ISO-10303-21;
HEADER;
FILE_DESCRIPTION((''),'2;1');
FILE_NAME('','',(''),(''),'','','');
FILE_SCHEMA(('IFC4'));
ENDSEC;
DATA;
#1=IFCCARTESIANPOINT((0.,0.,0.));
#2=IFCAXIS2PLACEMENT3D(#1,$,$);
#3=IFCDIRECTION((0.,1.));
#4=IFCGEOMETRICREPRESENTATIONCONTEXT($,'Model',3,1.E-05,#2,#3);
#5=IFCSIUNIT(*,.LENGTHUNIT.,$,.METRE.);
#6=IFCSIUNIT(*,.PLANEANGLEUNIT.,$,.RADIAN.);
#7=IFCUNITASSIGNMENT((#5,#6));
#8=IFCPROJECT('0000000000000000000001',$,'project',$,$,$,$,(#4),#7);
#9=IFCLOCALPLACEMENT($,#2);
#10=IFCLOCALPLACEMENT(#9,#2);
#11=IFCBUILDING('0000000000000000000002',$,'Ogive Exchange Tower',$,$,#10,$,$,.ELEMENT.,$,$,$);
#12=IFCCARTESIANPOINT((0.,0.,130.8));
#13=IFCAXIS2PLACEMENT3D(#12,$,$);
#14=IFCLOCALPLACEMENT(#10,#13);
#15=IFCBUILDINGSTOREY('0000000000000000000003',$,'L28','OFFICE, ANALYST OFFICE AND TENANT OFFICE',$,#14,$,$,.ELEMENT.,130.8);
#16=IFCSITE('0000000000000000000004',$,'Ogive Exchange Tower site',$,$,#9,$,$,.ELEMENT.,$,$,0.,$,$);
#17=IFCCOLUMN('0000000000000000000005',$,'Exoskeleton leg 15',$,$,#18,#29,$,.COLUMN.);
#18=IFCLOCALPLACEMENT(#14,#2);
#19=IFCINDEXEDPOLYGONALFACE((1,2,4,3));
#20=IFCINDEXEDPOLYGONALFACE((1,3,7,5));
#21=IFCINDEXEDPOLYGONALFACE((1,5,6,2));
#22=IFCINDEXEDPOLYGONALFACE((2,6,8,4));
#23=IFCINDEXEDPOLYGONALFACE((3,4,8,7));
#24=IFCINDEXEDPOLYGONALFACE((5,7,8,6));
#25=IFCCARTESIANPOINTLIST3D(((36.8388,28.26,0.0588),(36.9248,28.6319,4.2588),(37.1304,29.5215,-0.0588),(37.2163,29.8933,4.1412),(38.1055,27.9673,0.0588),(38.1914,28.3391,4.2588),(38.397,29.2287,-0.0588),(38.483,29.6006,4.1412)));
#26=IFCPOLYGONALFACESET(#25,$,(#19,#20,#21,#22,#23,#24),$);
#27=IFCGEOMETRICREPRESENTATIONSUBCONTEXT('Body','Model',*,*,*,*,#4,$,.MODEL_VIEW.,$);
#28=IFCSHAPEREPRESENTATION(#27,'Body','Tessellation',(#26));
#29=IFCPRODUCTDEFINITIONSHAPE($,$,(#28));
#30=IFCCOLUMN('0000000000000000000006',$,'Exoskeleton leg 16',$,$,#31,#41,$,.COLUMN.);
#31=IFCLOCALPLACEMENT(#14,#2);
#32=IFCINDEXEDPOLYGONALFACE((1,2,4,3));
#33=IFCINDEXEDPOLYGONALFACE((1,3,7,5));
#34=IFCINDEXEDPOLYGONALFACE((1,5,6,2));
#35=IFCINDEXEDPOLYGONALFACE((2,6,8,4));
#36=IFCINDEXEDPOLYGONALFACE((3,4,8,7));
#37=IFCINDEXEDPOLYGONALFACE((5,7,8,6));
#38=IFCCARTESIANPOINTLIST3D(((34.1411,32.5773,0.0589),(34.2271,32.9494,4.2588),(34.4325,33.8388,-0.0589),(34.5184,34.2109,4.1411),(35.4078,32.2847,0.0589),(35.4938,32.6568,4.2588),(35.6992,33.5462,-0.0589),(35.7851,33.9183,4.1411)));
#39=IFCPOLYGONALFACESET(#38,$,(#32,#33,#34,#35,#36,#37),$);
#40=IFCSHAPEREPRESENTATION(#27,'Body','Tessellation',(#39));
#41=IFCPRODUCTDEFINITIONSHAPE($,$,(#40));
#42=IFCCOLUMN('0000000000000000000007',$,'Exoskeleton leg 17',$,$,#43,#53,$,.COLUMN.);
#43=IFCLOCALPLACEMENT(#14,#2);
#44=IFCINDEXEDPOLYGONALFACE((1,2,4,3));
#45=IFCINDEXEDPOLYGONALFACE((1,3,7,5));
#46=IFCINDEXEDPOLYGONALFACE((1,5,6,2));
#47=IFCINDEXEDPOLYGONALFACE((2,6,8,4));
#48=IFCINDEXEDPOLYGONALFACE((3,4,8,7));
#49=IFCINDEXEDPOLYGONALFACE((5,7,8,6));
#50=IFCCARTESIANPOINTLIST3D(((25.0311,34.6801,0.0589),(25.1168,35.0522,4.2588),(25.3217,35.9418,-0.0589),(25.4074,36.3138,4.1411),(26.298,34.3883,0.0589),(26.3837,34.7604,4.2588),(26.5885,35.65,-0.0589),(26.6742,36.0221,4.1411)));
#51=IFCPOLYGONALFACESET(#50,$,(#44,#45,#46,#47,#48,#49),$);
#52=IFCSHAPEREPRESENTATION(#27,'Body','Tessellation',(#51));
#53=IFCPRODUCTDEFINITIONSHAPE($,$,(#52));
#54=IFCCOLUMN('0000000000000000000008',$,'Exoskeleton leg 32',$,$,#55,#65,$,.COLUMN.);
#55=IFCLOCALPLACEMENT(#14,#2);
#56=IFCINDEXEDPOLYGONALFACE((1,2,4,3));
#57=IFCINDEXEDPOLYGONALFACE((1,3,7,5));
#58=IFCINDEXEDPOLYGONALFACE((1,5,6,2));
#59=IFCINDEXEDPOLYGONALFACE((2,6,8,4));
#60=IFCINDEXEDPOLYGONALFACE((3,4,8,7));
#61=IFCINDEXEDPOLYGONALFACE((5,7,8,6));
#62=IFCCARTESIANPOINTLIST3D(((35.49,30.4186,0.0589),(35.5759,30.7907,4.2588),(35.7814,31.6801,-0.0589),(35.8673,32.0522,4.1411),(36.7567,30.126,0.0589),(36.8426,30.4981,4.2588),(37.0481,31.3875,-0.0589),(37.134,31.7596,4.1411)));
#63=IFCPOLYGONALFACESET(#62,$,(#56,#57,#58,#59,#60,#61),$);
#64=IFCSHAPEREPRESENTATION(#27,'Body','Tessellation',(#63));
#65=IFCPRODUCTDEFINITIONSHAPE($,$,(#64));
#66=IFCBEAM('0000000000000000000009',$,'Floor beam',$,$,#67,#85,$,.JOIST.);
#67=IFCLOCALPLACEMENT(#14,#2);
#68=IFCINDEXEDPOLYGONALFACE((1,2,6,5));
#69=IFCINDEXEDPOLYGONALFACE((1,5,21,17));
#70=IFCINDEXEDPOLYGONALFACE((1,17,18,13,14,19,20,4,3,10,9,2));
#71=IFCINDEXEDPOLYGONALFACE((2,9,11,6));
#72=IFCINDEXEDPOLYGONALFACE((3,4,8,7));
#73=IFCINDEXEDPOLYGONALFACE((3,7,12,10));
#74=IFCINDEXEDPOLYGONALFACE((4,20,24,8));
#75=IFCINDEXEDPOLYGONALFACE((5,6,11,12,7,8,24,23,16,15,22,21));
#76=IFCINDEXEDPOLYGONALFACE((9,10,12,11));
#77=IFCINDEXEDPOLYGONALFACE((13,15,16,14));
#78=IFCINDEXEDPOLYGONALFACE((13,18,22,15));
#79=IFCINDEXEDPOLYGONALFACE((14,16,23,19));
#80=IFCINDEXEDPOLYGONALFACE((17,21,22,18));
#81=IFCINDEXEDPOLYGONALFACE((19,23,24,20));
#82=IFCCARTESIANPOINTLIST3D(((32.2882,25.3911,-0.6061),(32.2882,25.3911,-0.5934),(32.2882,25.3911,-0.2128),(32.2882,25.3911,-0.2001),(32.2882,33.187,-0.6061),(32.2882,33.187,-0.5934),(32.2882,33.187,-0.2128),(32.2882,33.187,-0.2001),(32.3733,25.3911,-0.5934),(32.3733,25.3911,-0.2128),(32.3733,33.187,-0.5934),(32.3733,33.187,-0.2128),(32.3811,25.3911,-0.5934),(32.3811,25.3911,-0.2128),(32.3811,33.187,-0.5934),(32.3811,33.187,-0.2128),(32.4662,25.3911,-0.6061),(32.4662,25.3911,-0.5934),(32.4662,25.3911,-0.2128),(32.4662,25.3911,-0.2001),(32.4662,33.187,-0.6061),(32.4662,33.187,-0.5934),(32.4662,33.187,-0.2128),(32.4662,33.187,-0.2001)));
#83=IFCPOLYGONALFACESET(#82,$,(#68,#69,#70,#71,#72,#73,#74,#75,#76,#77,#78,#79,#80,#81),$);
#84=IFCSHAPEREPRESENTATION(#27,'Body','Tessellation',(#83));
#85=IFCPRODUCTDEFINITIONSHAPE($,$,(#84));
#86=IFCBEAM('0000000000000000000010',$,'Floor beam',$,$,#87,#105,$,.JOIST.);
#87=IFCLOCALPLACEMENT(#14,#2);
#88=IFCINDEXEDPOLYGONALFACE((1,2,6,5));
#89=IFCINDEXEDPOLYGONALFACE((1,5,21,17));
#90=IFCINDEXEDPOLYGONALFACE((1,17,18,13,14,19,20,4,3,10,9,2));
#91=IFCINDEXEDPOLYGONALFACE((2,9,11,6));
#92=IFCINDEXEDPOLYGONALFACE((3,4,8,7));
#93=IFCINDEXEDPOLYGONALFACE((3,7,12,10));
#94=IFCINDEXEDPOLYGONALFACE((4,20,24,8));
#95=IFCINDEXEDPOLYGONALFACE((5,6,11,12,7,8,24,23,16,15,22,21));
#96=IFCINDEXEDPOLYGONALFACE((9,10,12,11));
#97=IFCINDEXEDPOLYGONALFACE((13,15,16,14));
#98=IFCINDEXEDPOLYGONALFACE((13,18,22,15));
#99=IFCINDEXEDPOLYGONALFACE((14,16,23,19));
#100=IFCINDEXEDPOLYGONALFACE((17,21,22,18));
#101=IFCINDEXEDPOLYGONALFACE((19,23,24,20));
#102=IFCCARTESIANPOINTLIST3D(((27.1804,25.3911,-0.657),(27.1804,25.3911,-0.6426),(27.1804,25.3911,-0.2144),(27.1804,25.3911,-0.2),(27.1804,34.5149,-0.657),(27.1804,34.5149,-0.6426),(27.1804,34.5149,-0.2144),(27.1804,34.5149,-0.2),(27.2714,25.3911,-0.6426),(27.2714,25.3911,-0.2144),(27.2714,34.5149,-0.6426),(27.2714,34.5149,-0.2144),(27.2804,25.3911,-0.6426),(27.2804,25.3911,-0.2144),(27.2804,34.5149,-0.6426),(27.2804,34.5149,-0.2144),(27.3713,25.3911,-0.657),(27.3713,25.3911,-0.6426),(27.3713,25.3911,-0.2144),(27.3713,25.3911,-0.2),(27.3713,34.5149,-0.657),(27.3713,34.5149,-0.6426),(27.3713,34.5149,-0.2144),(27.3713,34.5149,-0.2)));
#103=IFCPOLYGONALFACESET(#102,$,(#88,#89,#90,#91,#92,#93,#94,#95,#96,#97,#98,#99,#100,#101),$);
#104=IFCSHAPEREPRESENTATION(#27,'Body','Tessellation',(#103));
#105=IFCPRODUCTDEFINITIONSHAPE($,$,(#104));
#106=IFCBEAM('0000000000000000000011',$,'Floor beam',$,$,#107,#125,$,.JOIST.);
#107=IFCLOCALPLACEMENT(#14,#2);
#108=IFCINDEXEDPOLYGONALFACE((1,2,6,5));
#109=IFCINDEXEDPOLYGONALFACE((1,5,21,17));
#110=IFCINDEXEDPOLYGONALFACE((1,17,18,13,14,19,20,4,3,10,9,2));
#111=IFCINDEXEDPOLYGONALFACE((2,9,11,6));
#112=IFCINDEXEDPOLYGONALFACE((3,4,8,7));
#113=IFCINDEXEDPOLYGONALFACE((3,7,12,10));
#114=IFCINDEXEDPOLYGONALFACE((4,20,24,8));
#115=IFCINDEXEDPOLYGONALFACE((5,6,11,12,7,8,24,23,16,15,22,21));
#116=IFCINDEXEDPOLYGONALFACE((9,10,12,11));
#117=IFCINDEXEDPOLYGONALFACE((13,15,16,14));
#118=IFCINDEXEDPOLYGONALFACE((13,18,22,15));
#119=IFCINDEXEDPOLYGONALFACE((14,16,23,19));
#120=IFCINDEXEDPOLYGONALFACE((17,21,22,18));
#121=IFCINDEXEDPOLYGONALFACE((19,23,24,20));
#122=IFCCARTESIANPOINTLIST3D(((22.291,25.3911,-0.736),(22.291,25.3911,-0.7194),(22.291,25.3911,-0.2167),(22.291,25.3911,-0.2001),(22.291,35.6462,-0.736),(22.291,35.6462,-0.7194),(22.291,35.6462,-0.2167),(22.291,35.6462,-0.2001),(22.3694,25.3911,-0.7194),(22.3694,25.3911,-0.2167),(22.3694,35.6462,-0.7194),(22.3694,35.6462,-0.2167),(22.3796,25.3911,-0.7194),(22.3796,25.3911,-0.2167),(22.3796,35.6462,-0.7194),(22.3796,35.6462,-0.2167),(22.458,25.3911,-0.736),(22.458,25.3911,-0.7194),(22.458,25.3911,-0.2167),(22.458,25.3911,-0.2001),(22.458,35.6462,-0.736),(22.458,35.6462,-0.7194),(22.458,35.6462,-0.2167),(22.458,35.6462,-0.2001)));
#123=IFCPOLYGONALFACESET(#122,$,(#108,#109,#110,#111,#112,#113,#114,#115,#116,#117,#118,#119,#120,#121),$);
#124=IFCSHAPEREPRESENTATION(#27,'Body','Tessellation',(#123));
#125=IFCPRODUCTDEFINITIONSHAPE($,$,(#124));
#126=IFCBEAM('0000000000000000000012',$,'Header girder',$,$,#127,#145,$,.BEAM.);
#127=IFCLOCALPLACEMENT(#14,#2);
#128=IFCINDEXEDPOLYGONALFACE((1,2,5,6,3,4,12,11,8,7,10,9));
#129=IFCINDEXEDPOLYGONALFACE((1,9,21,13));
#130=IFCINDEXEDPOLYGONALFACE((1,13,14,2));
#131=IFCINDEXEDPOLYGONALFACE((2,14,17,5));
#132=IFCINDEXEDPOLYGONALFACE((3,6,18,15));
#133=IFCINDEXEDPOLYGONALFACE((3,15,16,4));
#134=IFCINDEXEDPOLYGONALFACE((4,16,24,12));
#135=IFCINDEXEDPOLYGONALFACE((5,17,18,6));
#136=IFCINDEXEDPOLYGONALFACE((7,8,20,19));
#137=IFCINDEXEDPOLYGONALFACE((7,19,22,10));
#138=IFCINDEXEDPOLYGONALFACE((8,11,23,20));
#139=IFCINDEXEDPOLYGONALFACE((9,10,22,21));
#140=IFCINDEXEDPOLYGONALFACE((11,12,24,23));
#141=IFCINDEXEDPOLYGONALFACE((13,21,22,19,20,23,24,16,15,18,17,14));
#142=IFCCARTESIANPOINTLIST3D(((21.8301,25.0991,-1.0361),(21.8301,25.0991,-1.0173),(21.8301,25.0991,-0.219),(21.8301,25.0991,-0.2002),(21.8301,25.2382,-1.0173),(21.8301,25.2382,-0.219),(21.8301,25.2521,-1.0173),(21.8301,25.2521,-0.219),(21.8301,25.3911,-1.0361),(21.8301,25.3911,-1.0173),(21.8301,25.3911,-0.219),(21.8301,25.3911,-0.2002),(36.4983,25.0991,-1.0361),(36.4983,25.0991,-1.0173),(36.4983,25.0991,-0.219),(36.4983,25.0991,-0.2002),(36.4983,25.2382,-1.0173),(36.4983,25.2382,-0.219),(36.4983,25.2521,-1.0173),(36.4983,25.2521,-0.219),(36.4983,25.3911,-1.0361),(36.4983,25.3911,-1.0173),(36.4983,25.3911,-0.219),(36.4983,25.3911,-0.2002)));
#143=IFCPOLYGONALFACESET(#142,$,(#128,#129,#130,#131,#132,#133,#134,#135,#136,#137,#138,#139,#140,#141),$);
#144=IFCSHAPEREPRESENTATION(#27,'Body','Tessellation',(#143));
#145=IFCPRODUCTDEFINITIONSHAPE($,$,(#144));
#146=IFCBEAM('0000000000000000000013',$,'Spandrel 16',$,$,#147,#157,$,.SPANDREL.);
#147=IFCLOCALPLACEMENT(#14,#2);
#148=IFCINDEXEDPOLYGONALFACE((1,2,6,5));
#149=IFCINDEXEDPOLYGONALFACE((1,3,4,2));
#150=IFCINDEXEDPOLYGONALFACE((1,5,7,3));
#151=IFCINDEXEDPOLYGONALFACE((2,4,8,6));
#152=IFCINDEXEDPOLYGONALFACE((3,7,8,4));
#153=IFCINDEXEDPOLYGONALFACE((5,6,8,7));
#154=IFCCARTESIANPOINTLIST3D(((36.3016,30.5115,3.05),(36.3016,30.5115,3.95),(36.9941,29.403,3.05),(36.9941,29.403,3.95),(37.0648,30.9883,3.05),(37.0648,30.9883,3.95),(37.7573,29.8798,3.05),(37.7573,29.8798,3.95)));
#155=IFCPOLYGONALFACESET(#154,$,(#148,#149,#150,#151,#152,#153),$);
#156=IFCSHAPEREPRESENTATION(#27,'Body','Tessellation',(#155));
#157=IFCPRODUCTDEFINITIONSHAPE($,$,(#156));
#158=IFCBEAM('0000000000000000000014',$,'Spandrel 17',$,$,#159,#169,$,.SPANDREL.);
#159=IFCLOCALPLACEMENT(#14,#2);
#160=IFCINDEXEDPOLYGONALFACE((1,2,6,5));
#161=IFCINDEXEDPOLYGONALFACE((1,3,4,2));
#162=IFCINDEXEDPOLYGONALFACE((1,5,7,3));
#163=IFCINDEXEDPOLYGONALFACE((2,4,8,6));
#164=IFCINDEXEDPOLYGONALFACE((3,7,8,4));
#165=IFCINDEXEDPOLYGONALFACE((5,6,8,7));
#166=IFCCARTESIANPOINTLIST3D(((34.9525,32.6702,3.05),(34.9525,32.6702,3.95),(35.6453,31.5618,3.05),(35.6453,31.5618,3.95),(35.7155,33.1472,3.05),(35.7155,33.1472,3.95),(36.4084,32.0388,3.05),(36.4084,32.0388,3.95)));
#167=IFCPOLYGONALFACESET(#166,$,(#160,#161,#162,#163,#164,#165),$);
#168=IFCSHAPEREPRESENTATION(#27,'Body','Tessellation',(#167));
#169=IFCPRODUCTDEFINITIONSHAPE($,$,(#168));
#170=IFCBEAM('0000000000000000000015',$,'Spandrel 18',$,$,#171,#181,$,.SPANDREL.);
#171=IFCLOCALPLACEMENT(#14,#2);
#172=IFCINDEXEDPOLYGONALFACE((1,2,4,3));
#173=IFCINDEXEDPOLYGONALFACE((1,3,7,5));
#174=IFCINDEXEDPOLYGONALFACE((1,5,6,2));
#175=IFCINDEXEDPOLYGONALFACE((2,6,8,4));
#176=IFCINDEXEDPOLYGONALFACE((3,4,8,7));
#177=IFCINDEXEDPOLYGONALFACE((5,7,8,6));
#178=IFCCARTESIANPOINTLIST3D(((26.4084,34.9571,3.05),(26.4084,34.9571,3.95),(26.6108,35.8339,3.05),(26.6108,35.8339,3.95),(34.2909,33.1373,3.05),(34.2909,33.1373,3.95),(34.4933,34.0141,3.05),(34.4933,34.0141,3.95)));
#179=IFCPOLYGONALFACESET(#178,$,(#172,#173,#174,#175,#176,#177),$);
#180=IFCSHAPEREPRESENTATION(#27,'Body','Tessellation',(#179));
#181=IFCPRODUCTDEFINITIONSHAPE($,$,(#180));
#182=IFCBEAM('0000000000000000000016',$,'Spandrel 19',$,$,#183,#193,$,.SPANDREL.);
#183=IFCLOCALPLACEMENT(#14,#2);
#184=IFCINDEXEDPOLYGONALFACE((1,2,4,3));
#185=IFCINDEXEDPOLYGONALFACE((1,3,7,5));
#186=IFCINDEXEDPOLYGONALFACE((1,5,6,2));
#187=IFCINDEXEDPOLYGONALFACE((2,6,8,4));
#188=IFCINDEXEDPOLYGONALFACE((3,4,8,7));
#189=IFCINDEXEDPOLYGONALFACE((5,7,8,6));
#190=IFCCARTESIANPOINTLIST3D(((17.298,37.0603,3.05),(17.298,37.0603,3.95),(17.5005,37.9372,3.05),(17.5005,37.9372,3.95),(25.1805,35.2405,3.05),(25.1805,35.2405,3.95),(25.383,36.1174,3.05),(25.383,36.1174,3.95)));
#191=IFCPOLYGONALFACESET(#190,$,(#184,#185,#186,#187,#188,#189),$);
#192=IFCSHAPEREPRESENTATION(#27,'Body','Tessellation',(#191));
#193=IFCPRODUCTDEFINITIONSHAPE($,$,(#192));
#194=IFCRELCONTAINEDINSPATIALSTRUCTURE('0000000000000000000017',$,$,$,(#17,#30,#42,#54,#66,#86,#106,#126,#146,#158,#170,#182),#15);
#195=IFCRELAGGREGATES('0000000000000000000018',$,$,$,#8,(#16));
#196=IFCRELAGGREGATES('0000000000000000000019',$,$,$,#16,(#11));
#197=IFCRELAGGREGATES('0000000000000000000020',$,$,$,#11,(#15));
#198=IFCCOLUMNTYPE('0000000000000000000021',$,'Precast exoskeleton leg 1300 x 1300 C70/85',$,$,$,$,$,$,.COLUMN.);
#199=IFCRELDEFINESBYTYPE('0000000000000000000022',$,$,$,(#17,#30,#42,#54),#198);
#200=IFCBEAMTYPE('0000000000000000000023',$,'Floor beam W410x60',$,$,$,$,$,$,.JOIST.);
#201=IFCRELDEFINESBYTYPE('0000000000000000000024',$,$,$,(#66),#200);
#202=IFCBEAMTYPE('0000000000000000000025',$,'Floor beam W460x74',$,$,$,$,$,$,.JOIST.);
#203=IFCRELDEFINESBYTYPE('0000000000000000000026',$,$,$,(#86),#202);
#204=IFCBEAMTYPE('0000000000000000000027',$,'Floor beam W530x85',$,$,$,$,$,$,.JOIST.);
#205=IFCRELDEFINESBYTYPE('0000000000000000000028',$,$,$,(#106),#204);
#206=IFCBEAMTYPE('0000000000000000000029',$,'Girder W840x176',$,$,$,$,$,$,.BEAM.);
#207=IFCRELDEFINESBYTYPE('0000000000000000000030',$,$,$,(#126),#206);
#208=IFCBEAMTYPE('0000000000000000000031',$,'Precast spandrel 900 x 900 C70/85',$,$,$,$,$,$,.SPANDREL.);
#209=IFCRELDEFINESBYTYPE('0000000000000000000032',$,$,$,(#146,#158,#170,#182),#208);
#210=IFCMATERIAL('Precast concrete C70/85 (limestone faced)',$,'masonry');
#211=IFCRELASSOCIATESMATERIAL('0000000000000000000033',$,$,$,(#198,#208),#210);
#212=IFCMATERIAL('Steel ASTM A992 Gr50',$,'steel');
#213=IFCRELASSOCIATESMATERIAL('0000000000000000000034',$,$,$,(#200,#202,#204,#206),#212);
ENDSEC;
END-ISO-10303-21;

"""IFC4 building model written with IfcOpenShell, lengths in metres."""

from ifc_helpers import new_model, si_unit, direction, frame, origin, origin_2d, place, context, subcontext, project, spatial, rectangle, i_section, extrude, material, material_profile, profile_set, type_object, element, save


model = new_model("IFC4")

# Units and contexts
model_context = context("Model", 3, precision=1e-05, world=origin(), true_north=direction((0.0, 1.0)))
body_context = subcontext(model_context, "Body", "Model", "MODEL_VIEW")
ifc_project = project(units=[si_unit("LENGTHUNIT", "METRE"), si_unit("PLANEANGLEUNIT", "RADIAN")], contexts=[model_context])

# Site, building, storey
site_placement = place(None, origin())
site = spatial("IfcSite", under=ifc_project, at=site_placement, Name="Ogive Exchange Tower site", CompositionType="ELEMENT", RefElevation=0.0)
building_placement = place(site_placement, origin())
building = spatial("IfcBuilding", under=site, at=building_placement, Name="Ogive Exchange Tower", CompositionType="ELEMENT")
storey_placement = place(building_placement, frame((0.0, 0.0, 130.8)))
storey = spatial("IfcBuildingStorey", under=building, at=storey_placement, Name="L28", Description="OFFICE, ANALYST OFFICE AND TENANT OFFICE", CompositionType="ELEMENT", Elevation=130.8)

# Columns
ifc_material_1 = material(Name="Precast concrete C70/85 (limestone faced)", Category="masonry")
ifc_material_profile_1 = material_profile(ifc_material_1, rectangle(XDim=1.3, YDim=1.3, at=origin_2d()), Name="1300 x 1300")
ifc_profile_set_1 = profile_set([ifc_material_profile_1], Name="Precast concrete C70/85 (limestone faced)")
column_type = type_object("IfcColumnType", Name="Precast exoskeleton leg 1300 x 1300 C70/85", PredefinedType="COLUMN", material=ifc_profile_set_1)
for number, where, z_axis, x_axis, name in (
    (1, (37.6179, 28.7444, 0.0), (0.020378, 0.088168, 0.995897), (-0.974316, 0.225187, 0.0), "Exoskeleton leg 15"),
    (2, (34.9202, 33.0618, 0.0), (0.020377, 0.088225, 0.995892), (-0.974348, 0.225046, 0.0), "Exoskeleton leg 16"),
    (3, (25.8098, 35.165, 0.0), (0.02032, 0.088225, 0.995893), (-0.974488, 0.224439, 0.0), "Exoskeleton leg 17"),
    (4, (36.269, 30.9031, 0.0), (0.020377, 0.088225, 0.995892), (-0.974348, 0.225046, 0.0), "Exoskeleton leg 32"),
):
    element("IfcColumn", number, at=place(storey_placement, frame(where, z_axis=z_axis, x_axis=x_axis)), inside=storey, type_object=column_type, Name=name, PredefinedType="COLUMN", context=body_context, shape_type="SweptSolid", body=[
        extrude(rectangle(XDim=1.3, YDim=1.3, at=origin_2d()), origin(), (0.0, 0.0, 1.0), 4.2173),
    ])

# Beams
ifc_material_2 = material(Name="Steel ASTM A992 Gr50", Category="steel")
ifc_material_profile_2 = material_profile(ifc_material_2, i_section(OverallWidth=0.178, OverallDepth=0.406, WebThickness=0.0078, FlangeThickness=0.0127, at=origin_2d()), Name="W410x60")
ifc_profile_set_2 = profile_set([ifc_material_profile_2], Name="Steel ASTM A992 Gr50")
beam_type_1 = type_object("IfcBeamType", Name="Floor beam W410x60", PredefinedType="JOIST", material=ifc_profile_set_2)
beam_1_placement = place(storey_placement, frame((32.3772, 25.3911, -0.4031), z_axis=(0.0, 1.0, 0.0), x_axis=(-1.0, 0.0, 0.0)))
element("IfcBeam", 5, at=beam_1_placement, inside=storey, type_object=beam_type_1, Name="Floor beam", PredefinedType="JOIST", context=body_context, shape_type="SweptSolid", body=[
    extrude(i_section(OverallWidth=0.178, OverallDepth=0.406, WebThickness=0.0078, FlangeThickness=0.0127, at=origin_2d()), origin(), (0.0, 0.0, 1.0), 7.7959),
])
ifc_material_profile_3 = material_profile(ifc_material_2, i_section(OverallWidth=0.1909, OverallDepth=0.457, WebThickness=0.009, FlangeThickness=0.0144, at=origin_2d()), Name="W460x74")
ifc_profile_set_3 = profile_set([ifc_material_profile_3], Name="Steel ASTM A992 Gr50")
beam_type_2 = type_object("IfcBeamType", Name="Floor beam W460x74", PredefinedType="JOIST", material=ifc_profile_set_3)
beam_2_placement = place(storey_placement, frame((27.2759, 25.3911, -0.4285), z_axis=(0.0, 1.0, 0.0), x_axis=(-1.0, 0.0, 0.0)))
element("IfcBeam", 6, at=beam_2_placement, inside=storey, type_object=beam_type_2, Name="Floor beam", PredefinedType="JOIST", context=body_context, shape_type="SweptSolid", body=[
    extrude(i_section(OverallWidth=0.1909, OverallDepth=0.457, WebThickness=0.009, FlangeThickness=0.0144, at=origin_2d()), origin(), (0.0, 0.0, 1.0), 9.1238),
])
ifc_material_profile_4 = material_profile(ifc_material_2, i_section(OverallWidth=0.167, OverallDepth=0.5359, WebThickness=0.0103, FlangeThickness=0.0166, at=origin_2d()), Name="W530x85")
ifc_profile_set_4 = profile_set([ifc_material_profile_4], Name="Steel ASTM A992 Gr50")
beam_type_3 = type_object("IfcBeamType", Name="Floor beam W530x85", PredefinedType="JOIST", material=ifc_profile_set_4)
beam_3_placement = place(storey_placement, frame((22.3745, 25.3911, -0.468), z_axis=(0.0, 1.0, 0.0), x_axis=(-1.0, 0.0, 0.0)))
element("IfcBeam", 7, at=beam_3_placement, inside=storey, type_object=beam_type_3, Name="Floor beam", PredefinedType="JOIST", context=body_context, shape_type="SweptSolid", body=[
    extrude(i_section(OverallWidth=0.167, OverallDepth=0.5359, WebThickness=0.0103, FlangeThickness=0.0166, at=origin_2d()), origin(), (0.0, 0.0, 1.0), 10.2551),
])
ifc_material_profile_5 = material_profile(ifc_material_2, i_section(OverallWidth=0.292, OverallDepth=0.8359, WebThickness=0.0139, FlangeThickness=0.0188, at=origin_2d()), Name="W840x176")
ifc_profile_set_5 = profile_set([ifc_material_profile_5], Name="Steel ASTM A992 Gr50")
beam_type_4 = type_object("IfcBeamType", Name="Girder W840x176", PredefinedType="BEAM", material=ifc_profile_set_5)
beam_4_placement = place(storey_placement, frame((21.8301, 25.2451, -0.6182), z_axis=(1.0, 0.0, 0.0), x_axis=(0.0, 1.0, 0.0)))
element("IfcBeam", 8, at=beam_4_placement, inside=storey, type_object=beam_type_4, Name="Header girder", PredefinedType="BEAM", context=body_context, shape_type="SweptSolid", body=[
    extrude(i_section(OverallWidth=0.292, OverallDepth=0.8359, WebThickness=0.0139, FlangeThickness=0.0188, at=origin_2d()), origin(), (0.0, 0.0, 1.0), 14.6682),
])
ifc_material_profile_6 = material_profile(ifc_material_1, rectangle(XDim=0.8999, YDim=0.8999, at=origin_2d()), Name="900 x 900")
ifc_profile_set_6 = profile_set([ifc_material_profile_6], Name="Precast concrete C70/85 (limestone faced)")
beam_type_5 = type_object("IfcBeamType", Name="Precast spandrel 900 x 900 C70/85", PredefinedType="SPANDREL", material=ifc_profile_set_6)
for number, where, z_axis, x_axis, name in (
    (9, (37.3757, 29.6414, 3.5), (-0.529848, 0.848093, 0.0), (-0.848093, -0.529848, 0.0), "Spandrel 16"),
    (10, (36.0269, 31.8003, 3.5), (-0.530066, 0.847956, 0.0), (-0.847956, -0.530066, 0.0), "Spandrel 17"),
):
    element("IfcBeam", number, at=place(storey_placement, frame(where, z_axis=z_axis, x_axis=x_axis)), inside=storey, type_object=beam_type_5, Name=name, PredefinedType="SPANDREL", context=body_context, shape_type="SweptSolid", body=[
        extrude(rectangle(XDim=0.8999, YDim=0.8999, at=origin_2d()), origin(), (0.0, 0.0, 1.0), 1.3071),
    ])
for number, where, z_axis, x_axis, name in (
    (11, (34.3921, 33.5757, 3.5), (-0.97437, 0.22495, 0.0), (-0.22495, -0.97437, 0.0), "Spandrel 18"),
    (12, (25.2817, 35.679, 3.5), (-0.97437, 0.22495, 0.0), (-0.22495, -0.97437, 0.0), "Spandrel 19"),
):
    element("IfcBeam", number, at=place(storey_placement, frame(where, z_axis=z_axis, x_axis=x_axis)), inside=storey, type_object=beam_type_5, Name=name, PredefinedType="SPANDREL", context=body_context, shape_type="SweptSolid", body=[
        extrude(rectangle(XDim=0.8999, YDim=0.8999, at=origin_2d()), origin(), (0.0, 0.0, 1.0), 8.0898),
    ])

save(model, "model.ifc")
